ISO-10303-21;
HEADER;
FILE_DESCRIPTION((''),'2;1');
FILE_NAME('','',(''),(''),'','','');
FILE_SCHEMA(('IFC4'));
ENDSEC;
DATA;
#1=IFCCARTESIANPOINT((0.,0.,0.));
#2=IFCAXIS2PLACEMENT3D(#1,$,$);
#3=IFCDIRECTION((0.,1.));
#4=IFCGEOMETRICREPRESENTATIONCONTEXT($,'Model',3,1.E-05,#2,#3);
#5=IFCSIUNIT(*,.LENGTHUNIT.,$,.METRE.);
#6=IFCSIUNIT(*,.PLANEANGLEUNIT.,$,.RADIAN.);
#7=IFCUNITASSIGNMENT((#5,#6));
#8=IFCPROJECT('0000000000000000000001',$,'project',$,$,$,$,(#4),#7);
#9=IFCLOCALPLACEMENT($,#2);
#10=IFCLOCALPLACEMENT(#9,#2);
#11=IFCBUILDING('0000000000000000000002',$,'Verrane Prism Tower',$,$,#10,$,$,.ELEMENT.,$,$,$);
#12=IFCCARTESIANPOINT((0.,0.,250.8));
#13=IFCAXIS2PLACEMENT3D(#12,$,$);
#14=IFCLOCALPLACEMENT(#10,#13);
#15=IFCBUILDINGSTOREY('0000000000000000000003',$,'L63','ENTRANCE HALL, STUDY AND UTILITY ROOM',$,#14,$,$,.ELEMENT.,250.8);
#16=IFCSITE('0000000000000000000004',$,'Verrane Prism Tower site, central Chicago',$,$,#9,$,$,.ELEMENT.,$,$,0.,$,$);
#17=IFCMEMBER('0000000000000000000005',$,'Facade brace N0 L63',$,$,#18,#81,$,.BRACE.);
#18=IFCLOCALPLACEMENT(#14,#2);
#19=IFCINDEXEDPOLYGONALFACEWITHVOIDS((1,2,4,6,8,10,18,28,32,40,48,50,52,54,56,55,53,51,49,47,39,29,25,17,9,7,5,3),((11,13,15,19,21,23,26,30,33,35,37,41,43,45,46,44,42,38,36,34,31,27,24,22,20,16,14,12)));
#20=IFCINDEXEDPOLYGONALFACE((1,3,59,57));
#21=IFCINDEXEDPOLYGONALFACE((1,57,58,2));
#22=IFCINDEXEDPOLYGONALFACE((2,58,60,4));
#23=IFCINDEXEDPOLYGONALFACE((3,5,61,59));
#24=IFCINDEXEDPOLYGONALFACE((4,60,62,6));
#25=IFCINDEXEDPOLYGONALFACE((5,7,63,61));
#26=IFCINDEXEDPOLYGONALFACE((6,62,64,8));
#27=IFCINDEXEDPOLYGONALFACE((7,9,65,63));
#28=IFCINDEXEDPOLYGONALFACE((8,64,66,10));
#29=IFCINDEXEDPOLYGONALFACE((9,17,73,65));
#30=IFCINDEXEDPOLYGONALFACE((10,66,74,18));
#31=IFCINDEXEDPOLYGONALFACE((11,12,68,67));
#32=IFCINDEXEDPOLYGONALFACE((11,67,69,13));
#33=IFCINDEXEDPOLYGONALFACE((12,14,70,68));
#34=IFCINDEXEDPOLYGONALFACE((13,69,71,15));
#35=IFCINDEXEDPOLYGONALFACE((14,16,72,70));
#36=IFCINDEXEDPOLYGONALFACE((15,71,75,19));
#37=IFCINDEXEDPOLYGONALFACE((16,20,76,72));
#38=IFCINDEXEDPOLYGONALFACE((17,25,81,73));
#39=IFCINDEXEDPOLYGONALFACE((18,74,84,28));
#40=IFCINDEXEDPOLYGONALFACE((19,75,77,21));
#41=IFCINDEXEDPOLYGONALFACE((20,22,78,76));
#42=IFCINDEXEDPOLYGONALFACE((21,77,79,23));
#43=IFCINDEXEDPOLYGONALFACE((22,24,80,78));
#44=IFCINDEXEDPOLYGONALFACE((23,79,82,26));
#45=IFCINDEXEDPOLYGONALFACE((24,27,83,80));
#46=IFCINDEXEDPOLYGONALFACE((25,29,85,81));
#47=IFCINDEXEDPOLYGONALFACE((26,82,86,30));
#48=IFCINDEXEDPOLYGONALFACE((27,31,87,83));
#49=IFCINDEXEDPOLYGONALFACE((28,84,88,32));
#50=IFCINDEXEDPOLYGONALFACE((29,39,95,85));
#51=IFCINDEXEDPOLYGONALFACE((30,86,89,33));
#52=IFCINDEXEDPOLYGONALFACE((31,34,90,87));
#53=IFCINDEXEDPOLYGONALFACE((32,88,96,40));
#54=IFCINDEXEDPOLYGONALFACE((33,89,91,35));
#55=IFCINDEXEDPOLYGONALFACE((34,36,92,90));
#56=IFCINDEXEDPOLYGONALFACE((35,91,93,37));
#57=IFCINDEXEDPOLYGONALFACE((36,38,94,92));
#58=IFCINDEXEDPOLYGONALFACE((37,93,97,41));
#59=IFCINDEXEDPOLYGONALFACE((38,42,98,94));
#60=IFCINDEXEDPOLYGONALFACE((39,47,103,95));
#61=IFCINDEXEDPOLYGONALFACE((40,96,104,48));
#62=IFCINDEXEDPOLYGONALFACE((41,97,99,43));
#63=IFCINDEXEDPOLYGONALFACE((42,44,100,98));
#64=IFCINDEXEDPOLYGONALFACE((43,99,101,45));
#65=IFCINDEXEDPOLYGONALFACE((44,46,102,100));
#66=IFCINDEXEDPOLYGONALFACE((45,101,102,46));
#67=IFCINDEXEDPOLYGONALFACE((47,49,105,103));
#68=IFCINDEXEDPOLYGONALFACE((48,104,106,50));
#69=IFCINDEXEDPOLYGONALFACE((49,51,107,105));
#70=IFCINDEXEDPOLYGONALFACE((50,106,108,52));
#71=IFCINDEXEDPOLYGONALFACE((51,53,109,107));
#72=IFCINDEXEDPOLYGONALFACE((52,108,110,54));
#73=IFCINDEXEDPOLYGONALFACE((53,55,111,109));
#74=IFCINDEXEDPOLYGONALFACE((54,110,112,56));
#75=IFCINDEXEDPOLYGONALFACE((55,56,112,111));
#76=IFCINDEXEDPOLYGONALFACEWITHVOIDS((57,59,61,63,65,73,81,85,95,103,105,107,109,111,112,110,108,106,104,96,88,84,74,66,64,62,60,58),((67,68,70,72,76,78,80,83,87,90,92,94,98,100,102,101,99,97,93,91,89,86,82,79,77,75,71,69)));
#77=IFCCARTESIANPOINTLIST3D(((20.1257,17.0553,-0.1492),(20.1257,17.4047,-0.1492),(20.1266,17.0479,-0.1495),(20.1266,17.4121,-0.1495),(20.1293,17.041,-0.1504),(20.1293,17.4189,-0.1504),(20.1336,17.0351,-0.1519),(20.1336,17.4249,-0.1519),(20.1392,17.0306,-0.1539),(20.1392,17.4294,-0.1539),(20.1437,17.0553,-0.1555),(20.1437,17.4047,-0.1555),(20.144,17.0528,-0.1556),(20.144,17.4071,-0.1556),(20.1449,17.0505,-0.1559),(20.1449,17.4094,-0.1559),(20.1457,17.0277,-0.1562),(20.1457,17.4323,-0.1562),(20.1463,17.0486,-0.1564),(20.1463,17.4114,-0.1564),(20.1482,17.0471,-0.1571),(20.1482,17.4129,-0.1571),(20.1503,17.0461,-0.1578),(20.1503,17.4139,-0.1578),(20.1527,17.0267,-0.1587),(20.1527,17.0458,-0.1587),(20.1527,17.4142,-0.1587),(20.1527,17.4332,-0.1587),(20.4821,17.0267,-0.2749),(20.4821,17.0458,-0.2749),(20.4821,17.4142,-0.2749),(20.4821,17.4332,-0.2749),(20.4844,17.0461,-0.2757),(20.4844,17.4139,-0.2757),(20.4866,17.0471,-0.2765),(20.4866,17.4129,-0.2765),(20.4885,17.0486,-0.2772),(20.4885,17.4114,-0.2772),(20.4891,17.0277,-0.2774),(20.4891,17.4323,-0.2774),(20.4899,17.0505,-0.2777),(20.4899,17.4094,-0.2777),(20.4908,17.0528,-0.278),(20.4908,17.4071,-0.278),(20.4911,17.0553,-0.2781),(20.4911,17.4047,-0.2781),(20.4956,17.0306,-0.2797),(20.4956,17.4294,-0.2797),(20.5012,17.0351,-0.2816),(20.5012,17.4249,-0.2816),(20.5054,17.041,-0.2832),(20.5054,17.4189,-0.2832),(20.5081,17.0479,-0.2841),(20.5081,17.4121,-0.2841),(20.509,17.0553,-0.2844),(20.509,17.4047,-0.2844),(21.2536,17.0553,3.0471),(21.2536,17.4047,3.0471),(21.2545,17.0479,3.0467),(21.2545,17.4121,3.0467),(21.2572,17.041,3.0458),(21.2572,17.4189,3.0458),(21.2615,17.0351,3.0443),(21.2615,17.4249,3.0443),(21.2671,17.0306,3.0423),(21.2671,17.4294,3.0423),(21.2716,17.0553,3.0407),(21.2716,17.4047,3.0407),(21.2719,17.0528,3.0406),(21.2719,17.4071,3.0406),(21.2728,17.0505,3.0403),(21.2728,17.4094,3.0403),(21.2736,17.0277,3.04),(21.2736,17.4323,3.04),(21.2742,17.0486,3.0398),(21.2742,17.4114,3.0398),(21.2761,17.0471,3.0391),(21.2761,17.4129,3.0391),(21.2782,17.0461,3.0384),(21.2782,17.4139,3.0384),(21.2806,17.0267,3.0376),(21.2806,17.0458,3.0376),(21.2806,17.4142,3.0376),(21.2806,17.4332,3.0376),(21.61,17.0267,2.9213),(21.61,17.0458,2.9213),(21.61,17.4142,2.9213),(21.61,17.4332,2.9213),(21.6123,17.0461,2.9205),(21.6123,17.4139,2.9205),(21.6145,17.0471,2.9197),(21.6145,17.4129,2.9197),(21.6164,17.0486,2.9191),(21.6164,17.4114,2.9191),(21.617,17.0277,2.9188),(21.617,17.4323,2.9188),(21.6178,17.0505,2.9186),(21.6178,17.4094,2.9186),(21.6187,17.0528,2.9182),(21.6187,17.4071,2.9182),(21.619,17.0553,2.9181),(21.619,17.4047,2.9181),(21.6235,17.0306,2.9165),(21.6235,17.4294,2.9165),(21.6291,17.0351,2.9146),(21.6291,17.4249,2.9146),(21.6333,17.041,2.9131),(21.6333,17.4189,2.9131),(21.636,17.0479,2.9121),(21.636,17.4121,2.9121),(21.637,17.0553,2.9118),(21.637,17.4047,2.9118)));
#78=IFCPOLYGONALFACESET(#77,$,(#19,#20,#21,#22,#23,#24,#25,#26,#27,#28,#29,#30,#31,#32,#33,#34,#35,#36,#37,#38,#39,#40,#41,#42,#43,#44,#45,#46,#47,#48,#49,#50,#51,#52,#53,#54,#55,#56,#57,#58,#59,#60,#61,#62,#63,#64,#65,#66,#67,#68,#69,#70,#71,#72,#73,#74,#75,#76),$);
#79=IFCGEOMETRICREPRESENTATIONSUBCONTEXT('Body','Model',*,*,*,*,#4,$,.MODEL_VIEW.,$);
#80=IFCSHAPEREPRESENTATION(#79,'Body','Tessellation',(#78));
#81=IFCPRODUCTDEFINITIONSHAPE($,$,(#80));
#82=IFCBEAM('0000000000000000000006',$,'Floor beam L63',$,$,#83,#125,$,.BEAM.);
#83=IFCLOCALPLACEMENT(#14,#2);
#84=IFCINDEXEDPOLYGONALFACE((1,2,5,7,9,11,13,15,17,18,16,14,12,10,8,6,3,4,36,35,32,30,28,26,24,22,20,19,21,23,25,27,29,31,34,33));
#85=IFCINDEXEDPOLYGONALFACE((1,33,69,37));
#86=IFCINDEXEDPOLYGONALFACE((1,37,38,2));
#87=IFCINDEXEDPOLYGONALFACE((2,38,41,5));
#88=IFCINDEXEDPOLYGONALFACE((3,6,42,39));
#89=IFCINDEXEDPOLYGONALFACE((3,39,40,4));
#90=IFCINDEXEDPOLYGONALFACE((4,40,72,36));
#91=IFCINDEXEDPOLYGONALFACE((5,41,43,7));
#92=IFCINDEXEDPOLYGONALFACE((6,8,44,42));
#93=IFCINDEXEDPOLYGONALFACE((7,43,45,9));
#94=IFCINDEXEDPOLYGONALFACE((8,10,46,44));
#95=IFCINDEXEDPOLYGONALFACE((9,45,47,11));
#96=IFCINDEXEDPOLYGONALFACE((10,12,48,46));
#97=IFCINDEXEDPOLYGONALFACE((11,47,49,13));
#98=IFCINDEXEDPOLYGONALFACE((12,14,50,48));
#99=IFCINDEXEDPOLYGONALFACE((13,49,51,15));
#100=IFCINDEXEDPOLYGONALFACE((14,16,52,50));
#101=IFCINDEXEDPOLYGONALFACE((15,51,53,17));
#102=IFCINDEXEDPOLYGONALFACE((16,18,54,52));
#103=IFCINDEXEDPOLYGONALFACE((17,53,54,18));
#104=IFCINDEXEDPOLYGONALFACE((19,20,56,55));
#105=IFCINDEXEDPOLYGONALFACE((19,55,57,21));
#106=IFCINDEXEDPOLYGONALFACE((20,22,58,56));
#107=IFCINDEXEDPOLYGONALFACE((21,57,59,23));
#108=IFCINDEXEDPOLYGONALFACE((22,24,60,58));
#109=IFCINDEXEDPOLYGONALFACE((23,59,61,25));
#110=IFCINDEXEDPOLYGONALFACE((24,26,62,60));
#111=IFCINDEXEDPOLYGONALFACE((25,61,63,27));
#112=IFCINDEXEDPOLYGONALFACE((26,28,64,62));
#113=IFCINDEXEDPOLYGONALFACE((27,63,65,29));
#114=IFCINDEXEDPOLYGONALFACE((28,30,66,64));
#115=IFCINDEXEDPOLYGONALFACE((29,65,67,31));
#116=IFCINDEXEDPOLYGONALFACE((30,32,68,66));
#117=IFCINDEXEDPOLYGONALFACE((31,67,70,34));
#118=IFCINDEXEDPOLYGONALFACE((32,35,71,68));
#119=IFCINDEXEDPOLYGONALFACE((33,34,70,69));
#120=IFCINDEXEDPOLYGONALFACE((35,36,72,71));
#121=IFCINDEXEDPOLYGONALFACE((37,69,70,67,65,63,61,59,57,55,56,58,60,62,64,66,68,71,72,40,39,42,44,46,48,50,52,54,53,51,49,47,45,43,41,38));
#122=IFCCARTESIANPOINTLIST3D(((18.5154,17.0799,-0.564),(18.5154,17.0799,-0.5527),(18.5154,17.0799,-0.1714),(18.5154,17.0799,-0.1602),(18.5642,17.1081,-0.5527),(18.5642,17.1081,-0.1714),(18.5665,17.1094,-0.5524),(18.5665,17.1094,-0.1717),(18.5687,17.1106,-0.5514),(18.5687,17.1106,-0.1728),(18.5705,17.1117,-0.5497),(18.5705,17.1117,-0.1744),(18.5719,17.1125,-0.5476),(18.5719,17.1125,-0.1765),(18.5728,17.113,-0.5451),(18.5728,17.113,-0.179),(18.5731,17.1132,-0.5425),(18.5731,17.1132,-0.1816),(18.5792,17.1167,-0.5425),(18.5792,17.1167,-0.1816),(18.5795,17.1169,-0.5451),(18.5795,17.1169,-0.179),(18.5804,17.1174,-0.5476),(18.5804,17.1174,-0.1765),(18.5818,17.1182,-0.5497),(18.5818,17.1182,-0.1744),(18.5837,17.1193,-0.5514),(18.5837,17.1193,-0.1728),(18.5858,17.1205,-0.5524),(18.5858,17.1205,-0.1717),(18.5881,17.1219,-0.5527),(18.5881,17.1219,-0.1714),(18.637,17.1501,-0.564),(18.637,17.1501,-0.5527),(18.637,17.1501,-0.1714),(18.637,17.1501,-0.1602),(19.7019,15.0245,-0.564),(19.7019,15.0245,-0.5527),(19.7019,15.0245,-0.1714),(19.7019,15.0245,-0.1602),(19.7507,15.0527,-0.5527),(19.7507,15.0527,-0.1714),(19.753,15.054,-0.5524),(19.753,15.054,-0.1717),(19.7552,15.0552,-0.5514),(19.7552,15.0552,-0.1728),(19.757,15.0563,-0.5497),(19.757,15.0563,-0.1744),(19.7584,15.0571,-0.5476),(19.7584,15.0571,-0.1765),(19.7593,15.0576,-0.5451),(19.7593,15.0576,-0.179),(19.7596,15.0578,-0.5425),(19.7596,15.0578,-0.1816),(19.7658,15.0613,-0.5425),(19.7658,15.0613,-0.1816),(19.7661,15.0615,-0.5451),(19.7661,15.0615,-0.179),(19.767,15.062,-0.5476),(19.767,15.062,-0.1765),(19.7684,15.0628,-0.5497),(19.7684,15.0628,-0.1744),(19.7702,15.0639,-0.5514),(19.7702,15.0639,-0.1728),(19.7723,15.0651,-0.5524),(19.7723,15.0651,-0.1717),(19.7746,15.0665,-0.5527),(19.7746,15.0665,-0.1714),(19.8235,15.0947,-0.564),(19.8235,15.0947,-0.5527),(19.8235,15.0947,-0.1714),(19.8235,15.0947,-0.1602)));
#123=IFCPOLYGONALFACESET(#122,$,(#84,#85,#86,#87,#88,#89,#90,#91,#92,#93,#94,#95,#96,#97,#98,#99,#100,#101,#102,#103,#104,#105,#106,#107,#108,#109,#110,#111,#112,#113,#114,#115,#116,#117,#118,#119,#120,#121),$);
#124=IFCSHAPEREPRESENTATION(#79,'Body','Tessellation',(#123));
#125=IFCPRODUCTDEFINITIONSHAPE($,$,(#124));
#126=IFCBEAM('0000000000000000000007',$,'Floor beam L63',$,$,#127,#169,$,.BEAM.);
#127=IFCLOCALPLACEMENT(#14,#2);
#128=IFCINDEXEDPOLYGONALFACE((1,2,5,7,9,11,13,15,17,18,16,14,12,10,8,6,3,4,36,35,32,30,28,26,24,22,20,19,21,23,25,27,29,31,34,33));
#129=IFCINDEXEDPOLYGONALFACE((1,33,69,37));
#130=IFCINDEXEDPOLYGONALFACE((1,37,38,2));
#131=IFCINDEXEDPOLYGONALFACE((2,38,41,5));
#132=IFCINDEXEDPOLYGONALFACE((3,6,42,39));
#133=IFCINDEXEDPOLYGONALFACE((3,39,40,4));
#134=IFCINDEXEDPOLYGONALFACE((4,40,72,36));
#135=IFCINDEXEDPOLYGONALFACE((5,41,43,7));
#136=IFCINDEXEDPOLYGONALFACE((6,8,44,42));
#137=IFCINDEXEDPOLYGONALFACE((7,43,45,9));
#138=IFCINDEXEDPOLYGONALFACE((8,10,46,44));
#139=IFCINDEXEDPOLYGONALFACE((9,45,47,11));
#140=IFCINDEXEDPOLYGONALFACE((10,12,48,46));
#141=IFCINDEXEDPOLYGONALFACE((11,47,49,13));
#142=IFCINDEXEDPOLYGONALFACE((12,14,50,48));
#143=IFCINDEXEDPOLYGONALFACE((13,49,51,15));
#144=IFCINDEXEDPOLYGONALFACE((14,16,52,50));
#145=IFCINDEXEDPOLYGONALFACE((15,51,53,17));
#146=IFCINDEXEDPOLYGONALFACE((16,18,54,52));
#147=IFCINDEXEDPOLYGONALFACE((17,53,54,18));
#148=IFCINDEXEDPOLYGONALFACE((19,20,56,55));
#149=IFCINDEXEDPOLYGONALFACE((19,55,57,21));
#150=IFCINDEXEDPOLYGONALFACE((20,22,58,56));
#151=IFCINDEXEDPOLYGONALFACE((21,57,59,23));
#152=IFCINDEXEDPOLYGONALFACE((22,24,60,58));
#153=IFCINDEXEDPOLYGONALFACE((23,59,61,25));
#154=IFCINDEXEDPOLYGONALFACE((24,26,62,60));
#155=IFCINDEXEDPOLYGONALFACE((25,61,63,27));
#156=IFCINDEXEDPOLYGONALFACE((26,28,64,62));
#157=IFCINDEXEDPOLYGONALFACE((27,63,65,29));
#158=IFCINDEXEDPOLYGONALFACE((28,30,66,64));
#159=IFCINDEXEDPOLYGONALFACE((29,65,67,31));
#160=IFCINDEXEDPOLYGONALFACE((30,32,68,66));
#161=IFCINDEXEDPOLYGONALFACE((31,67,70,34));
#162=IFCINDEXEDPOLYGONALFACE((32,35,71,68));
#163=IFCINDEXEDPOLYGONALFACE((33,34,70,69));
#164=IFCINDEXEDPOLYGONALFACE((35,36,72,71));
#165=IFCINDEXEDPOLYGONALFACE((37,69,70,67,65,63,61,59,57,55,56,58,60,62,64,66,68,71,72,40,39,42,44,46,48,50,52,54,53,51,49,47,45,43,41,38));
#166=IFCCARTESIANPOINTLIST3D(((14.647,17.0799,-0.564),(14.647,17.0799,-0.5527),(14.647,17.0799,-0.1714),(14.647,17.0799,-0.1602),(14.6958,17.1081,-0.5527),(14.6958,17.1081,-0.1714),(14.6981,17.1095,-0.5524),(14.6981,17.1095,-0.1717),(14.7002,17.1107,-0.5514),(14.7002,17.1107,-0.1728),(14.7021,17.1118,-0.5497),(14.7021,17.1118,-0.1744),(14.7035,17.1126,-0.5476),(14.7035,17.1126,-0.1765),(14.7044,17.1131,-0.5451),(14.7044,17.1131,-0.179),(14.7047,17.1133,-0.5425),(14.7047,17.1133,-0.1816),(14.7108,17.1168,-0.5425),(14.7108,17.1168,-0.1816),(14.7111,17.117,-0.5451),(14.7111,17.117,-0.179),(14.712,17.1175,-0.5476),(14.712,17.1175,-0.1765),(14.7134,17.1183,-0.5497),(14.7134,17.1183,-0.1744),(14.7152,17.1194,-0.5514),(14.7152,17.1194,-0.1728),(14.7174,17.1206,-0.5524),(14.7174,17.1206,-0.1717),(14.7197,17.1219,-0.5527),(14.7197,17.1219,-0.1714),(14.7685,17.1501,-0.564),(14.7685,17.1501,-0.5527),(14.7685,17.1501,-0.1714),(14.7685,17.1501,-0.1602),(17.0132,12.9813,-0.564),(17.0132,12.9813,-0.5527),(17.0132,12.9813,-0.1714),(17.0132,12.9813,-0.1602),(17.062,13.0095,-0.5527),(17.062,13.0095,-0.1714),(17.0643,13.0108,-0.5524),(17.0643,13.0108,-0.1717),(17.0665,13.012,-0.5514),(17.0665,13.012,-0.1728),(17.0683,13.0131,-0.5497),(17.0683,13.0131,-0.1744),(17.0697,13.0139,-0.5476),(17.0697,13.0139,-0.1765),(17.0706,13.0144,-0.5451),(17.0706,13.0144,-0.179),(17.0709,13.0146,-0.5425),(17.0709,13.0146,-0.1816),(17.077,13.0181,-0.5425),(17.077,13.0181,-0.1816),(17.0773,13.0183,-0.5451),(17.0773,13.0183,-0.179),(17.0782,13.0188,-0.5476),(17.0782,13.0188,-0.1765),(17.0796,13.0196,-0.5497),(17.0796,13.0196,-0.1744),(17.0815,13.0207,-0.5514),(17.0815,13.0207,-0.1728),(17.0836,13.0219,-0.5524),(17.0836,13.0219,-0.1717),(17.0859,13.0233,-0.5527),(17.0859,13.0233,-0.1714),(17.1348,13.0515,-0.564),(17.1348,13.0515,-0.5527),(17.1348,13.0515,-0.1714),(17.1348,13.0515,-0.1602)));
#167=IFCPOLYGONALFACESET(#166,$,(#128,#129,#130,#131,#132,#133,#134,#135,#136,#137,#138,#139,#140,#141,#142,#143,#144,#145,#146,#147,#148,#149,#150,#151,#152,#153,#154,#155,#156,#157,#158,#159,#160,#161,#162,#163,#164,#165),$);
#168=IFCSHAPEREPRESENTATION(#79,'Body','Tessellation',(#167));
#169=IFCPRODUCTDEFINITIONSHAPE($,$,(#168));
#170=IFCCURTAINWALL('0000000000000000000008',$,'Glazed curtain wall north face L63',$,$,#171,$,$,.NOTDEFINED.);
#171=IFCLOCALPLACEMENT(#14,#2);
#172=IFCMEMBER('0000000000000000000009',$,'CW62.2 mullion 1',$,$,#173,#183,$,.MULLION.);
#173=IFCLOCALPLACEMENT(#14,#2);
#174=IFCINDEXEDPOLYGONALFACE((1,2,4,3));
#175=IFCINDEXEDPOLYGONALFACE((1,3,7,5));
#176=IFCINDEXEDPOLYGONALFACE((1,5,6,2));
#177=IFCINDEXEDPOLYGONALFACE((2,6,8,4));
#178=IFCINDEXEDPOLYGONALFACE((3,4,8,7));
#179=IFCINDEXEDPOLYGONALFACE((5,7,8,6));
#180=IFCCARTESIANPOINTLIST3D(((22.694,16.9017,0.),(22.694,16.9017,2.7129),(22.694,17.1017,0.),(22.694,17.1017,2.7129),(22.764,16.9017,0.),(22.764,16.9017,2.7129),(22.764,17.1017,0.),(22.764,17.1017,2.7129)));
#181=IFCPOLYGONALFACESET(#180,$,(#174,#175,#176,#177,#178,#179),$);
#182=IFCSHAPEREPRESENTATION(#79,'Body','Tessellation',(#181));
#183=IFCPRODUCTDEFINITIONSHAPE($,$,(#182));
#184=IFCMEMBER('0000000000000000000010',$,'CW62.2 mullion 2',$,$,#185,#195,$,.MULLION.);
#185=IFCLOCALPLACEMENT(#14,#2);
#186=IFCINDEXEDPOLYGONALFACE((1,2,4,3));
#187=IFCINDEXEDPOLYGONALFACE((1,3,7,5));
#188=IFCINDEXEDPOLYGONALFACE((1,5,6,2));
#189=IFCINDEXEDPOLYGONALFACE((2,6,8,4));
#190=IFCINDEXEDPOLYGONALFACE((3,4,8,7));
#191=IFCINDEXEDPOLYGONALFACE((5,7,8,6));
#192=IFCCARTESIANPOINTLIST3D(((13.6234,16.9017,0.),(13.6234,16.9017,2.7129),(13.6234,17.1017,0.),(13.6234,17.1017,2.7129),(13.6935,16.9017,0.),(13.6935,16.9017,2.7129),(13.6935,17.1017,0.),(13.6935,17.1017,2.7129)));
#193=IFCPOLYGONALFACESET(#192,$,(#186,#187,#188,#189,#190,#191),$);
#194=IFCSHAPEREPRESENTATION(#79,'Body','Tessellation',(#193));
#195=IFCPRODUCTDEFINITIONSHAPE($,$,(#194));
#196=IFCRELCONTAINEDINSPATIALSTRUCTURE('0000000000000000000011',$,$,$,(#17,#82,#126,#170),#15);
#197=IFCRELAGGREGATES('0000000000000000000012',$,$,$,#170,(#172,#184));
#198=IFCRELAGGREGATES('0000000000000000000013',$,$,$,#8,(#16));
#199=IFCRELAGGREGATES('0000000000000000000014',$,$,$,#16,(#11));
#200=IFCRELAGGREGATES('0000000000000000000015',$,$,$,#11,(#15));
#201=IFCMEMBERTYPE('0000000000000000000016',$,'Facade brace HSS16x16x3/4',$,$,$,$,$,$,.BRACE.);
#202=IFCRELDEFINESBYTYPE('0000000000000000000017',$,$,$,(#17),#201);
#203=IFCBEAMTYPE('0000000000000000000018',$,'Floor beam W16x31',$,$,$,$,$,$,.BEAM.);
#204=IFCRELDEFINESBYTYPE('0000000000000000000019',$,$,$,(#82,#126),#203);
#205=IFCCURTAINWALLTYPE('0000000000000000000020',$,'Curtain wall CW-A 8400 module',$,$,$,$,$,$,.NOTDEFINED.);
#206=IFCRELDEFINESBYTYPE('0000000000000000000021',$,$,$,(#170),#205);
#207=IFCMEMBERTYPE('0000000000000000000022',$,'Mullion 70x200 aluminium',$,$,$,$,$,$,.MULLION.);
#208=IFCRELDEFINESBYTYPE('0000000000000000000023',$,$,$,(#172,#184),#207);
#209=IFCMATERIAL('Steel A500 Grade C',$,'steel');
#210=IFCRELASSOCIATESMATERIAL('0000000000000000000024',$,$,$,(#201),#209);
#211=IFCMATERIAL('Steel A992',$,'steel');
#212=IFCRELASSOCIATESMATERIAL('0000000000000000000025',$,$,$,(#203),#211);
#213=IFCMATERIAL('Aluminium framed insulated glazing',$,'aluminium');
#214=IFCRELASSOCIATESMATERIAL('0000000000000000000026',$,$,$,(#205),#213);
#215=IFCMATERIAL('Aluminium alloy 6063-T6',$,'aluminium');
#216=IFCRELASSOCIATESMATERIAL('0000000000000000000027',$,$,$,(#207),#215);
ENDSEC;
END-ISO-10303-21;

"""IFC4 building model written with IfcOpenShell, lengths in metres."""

from ifc_helpers import new_model, si_unit, direction, frame, origin, origin_2d, place, context, subcontext, project, spatial, rectangle, hollow_rectangle, i_section, extrude, material, material_profile, profile_set, type_object, element, aggregate, save


model = new_model("IFC4")

# Units and contexts
model_context = context("Model", 3, precision=1e-05, world=origin(), true_north=direction((0.0, 1.0)))
body_context = subcontext(model_context, "Body", "Model", "MODEL_VIEW")
ifc_project = project(units=[si_unit("LENGTHUNIT", "METRE"), si_unit("PLANEANGLEUNIT", "RADIAN")], contexts=[model_context])

# Site, building, storey
site_placement = place(None, origin())
site = spatial("IfcSite", under=ifc_project, at=site_placement, Name="Verrane Prism Tower site, central Chicago", CompositionType="ELEMENT", RefElevation=0.0)
building_placement = place(site_placement, origin())
building = spatial("IfcBuilding", under=site, at=building_placement, Name="Verrane Prism Tower", CompositionType="ELEMENT")
storey_placement = place(building_placement, frame((0.0, 0.0, 250.8)))
storey = spatial("IfcBuildingStorey", under=building, at=storey_placement, Name="L63", Description="ENTRANCE HALL, STUDY AND UTILITY ROOM", CompositionType="ELEMENT", Elevation=250.8)

# Member
ifc_material_1 = material(Name="Steel A500 Grade C", Category="steel")
ifc_material_profile_1 = material_profile(ifc_material_1, hollow_rectangle(XDim=0.4065, YDim=0.4065, WallThickness=0.019, InnerFilletRadius=0.0095, OuterFilletRadius=0.0286, at=origin_2d()), Name="HSS16x16x3/4")
ifc_profile_set_1 = profile_set([ifc_material_profile_1], Name="Steel A500 Grade C")
member_type_1 = type_object("IfcMemberType", Name="Facade brace HSS16x16x3/4", PredefinedType="BRACE", material=ifc_profile_set_1)
member_1_placement = place(storey_placement, frame((20.3174, 17.23, -0.2168), z_axis=(0.332775, 0.0, 0.943006), x_axis=(0.0, 1.0, 0.0)))
element("IfcMember", 1, at=member_1_placement, inside=storey, type_object=member_type_1, Name="Facade brace N0 L63", PredefinedType="BRACE", context=body_context, shape_type="SweptSolid", body=[
    extrude(hollow_rectangle(XDim=0.4065, YDim=0.4065, WallThickness=0.019, InnerFilletRadius=0.0095, OuterFilletRadius=0.0286, at=origin_2d()), origin(), (0.0, 0.0, 1.0), 3.3894),
])

# Beams
ifc_material_2 = material(Name="Steel A992", Category="steel")
ifc_material_profile_2 = material_profile(ifc_material_2, i_section(OverallWidth=0.1404, OverallDepth=0.4038, WebThickness=0.0071, FlangeThickness=0.0112, FilletRadius=0.0103, at=origin_2d()), Name="W16x31")
ifc_profile_set_2 = profile_set([ifc_material_profile_2], Name="Steel A992")
beam_type_1 = type_object("IfcBeamType", Name="Floor beam W16x31", PredefinedType="BEAM", material=ifc_profile_set_2)
beam_1_placement = place(storey_placement, frame((19.7627, 15.0596, -0.3621), z_axis=(-0.499945, 0.866057, 0.0), x_axis=(-0.866057, -0.499945, 0.0)))
element("IfcBeam", 2, at=beam_1_placement, inside=storey, type_object=beam_type_1, Name="Floor beam L63", PredefinedType="BEAM", context=body_context, shape_type="SweptSolid", body=[
    extrude(i_section(OverallWidth=0.1404, OverallDepth=0.4038, WebThickness=0.0071, FlangeThickness=0.0112, FilletRadius=0.0103, at=origin_2d()), origin(), (0.0, 0.0, 1.0), 2.3733),
])
beam_2_placement = place(storey_placement, frame((17.074, 13.0164, -0.3621), z_axis=(-0.499978, 0.866038, 0.0), x_axis=(-0.866038, -0.499978, 0.0)))
element("IfcBeam", 3, at=beam_2_placement, inside=storey, type_object=beam_type_1, Name="Floor beam L63", PredefinedType="BEAM", context=body_context, shape_type="SweptSolid", body=[
    extrude(i_section(OverallWidth=0.1404, OverallDepth=0.4038, WebThickness=0.0071, FlangeThickness=0.0112, FilletRadius=0.0103, at=origin_2d()), origin(), (0.0, 0.0, 1.0), 4.7327),
])

# Curtain wall, members
ifc_material_3 = material(Name="Aluminium framed insulated glazing", Category="aluminium")
curtain_wall_type = type_object("IfcCurtainWallType", Name="Curtain wall CW-A 8400 module", PredefinedType="NOTDEFINED", material=ifc_material_3)
curtain_wall_1_placement = place(storey_placement, origin())
curtain_wall_1 = element("IfcCurtainWall", 4, at=curtain_wall_1_placement, inside=storey, type_object=curtain_wall_type, Name="Glazed curtain wall north face L63", PredefinedType="NOTDEFINED")
ifc_material_4 = material(Name="Aluminium alloy 6063-T6", Category="aluminium")
ifc_material_profile_3 = material_profile(ifc_material_4, rectangle(XDim=0.2, YDim=0.0701, at=origin_2d()), Name="Mullion 70x200 aluminium")
ifc_profile_set_3 = profile_set([ifc_material_profile_3], Name="Aluminium alloy 6063-T6")
member_type_2 = type_object("IfcMemberType", Name="Mullion 70x200 aluminium", PredefinedType="MULLION", material=ifc_profile_set_3)
member_2_placement = place(storey_placement, frame((22.729, 17.0017, 0.0), z_axis=(0.0, 0.0, 1.0), x_axis=(0.0, -1.0, 0.0)))
member_2 = element("IfcMember", 5, at=member_2_placement, type_object=member_type_2, Name="CW62.2 mullion 1", PredefinedType="MULLION", context=body_context, shape_type="SweptSolid", body=[
    extrude(rectangle(XDim=0.2, YDim=0.0701, at=origin_2d()), origin(), (0.0, 0.0, 1.0), 2.7129),
])
member_3_placement = place(storey_placement, frame((13.6584, 17.0017, 0.0), z_axis=(0.0, 0.0, 1.0), x_axis=(0.0, -1.0, 0.0)))
member_3 = element("IfcMember", 6, at=member_3_placement, type_object=member_type_2, Name="CW62.2 mullion 2", PredefinedType="MULLION", context=body_context, shape_type="SweptSolid", body=[
    extrude(rectangle(XDim=0.2, YDim=0.0701, at=origin_2d()), origin(), (0.0, 0.0, 1.0), 2.7129),
])

aggregate(curtain_wall_1, [member_2, member_3])

save(model, "model.ifc")
